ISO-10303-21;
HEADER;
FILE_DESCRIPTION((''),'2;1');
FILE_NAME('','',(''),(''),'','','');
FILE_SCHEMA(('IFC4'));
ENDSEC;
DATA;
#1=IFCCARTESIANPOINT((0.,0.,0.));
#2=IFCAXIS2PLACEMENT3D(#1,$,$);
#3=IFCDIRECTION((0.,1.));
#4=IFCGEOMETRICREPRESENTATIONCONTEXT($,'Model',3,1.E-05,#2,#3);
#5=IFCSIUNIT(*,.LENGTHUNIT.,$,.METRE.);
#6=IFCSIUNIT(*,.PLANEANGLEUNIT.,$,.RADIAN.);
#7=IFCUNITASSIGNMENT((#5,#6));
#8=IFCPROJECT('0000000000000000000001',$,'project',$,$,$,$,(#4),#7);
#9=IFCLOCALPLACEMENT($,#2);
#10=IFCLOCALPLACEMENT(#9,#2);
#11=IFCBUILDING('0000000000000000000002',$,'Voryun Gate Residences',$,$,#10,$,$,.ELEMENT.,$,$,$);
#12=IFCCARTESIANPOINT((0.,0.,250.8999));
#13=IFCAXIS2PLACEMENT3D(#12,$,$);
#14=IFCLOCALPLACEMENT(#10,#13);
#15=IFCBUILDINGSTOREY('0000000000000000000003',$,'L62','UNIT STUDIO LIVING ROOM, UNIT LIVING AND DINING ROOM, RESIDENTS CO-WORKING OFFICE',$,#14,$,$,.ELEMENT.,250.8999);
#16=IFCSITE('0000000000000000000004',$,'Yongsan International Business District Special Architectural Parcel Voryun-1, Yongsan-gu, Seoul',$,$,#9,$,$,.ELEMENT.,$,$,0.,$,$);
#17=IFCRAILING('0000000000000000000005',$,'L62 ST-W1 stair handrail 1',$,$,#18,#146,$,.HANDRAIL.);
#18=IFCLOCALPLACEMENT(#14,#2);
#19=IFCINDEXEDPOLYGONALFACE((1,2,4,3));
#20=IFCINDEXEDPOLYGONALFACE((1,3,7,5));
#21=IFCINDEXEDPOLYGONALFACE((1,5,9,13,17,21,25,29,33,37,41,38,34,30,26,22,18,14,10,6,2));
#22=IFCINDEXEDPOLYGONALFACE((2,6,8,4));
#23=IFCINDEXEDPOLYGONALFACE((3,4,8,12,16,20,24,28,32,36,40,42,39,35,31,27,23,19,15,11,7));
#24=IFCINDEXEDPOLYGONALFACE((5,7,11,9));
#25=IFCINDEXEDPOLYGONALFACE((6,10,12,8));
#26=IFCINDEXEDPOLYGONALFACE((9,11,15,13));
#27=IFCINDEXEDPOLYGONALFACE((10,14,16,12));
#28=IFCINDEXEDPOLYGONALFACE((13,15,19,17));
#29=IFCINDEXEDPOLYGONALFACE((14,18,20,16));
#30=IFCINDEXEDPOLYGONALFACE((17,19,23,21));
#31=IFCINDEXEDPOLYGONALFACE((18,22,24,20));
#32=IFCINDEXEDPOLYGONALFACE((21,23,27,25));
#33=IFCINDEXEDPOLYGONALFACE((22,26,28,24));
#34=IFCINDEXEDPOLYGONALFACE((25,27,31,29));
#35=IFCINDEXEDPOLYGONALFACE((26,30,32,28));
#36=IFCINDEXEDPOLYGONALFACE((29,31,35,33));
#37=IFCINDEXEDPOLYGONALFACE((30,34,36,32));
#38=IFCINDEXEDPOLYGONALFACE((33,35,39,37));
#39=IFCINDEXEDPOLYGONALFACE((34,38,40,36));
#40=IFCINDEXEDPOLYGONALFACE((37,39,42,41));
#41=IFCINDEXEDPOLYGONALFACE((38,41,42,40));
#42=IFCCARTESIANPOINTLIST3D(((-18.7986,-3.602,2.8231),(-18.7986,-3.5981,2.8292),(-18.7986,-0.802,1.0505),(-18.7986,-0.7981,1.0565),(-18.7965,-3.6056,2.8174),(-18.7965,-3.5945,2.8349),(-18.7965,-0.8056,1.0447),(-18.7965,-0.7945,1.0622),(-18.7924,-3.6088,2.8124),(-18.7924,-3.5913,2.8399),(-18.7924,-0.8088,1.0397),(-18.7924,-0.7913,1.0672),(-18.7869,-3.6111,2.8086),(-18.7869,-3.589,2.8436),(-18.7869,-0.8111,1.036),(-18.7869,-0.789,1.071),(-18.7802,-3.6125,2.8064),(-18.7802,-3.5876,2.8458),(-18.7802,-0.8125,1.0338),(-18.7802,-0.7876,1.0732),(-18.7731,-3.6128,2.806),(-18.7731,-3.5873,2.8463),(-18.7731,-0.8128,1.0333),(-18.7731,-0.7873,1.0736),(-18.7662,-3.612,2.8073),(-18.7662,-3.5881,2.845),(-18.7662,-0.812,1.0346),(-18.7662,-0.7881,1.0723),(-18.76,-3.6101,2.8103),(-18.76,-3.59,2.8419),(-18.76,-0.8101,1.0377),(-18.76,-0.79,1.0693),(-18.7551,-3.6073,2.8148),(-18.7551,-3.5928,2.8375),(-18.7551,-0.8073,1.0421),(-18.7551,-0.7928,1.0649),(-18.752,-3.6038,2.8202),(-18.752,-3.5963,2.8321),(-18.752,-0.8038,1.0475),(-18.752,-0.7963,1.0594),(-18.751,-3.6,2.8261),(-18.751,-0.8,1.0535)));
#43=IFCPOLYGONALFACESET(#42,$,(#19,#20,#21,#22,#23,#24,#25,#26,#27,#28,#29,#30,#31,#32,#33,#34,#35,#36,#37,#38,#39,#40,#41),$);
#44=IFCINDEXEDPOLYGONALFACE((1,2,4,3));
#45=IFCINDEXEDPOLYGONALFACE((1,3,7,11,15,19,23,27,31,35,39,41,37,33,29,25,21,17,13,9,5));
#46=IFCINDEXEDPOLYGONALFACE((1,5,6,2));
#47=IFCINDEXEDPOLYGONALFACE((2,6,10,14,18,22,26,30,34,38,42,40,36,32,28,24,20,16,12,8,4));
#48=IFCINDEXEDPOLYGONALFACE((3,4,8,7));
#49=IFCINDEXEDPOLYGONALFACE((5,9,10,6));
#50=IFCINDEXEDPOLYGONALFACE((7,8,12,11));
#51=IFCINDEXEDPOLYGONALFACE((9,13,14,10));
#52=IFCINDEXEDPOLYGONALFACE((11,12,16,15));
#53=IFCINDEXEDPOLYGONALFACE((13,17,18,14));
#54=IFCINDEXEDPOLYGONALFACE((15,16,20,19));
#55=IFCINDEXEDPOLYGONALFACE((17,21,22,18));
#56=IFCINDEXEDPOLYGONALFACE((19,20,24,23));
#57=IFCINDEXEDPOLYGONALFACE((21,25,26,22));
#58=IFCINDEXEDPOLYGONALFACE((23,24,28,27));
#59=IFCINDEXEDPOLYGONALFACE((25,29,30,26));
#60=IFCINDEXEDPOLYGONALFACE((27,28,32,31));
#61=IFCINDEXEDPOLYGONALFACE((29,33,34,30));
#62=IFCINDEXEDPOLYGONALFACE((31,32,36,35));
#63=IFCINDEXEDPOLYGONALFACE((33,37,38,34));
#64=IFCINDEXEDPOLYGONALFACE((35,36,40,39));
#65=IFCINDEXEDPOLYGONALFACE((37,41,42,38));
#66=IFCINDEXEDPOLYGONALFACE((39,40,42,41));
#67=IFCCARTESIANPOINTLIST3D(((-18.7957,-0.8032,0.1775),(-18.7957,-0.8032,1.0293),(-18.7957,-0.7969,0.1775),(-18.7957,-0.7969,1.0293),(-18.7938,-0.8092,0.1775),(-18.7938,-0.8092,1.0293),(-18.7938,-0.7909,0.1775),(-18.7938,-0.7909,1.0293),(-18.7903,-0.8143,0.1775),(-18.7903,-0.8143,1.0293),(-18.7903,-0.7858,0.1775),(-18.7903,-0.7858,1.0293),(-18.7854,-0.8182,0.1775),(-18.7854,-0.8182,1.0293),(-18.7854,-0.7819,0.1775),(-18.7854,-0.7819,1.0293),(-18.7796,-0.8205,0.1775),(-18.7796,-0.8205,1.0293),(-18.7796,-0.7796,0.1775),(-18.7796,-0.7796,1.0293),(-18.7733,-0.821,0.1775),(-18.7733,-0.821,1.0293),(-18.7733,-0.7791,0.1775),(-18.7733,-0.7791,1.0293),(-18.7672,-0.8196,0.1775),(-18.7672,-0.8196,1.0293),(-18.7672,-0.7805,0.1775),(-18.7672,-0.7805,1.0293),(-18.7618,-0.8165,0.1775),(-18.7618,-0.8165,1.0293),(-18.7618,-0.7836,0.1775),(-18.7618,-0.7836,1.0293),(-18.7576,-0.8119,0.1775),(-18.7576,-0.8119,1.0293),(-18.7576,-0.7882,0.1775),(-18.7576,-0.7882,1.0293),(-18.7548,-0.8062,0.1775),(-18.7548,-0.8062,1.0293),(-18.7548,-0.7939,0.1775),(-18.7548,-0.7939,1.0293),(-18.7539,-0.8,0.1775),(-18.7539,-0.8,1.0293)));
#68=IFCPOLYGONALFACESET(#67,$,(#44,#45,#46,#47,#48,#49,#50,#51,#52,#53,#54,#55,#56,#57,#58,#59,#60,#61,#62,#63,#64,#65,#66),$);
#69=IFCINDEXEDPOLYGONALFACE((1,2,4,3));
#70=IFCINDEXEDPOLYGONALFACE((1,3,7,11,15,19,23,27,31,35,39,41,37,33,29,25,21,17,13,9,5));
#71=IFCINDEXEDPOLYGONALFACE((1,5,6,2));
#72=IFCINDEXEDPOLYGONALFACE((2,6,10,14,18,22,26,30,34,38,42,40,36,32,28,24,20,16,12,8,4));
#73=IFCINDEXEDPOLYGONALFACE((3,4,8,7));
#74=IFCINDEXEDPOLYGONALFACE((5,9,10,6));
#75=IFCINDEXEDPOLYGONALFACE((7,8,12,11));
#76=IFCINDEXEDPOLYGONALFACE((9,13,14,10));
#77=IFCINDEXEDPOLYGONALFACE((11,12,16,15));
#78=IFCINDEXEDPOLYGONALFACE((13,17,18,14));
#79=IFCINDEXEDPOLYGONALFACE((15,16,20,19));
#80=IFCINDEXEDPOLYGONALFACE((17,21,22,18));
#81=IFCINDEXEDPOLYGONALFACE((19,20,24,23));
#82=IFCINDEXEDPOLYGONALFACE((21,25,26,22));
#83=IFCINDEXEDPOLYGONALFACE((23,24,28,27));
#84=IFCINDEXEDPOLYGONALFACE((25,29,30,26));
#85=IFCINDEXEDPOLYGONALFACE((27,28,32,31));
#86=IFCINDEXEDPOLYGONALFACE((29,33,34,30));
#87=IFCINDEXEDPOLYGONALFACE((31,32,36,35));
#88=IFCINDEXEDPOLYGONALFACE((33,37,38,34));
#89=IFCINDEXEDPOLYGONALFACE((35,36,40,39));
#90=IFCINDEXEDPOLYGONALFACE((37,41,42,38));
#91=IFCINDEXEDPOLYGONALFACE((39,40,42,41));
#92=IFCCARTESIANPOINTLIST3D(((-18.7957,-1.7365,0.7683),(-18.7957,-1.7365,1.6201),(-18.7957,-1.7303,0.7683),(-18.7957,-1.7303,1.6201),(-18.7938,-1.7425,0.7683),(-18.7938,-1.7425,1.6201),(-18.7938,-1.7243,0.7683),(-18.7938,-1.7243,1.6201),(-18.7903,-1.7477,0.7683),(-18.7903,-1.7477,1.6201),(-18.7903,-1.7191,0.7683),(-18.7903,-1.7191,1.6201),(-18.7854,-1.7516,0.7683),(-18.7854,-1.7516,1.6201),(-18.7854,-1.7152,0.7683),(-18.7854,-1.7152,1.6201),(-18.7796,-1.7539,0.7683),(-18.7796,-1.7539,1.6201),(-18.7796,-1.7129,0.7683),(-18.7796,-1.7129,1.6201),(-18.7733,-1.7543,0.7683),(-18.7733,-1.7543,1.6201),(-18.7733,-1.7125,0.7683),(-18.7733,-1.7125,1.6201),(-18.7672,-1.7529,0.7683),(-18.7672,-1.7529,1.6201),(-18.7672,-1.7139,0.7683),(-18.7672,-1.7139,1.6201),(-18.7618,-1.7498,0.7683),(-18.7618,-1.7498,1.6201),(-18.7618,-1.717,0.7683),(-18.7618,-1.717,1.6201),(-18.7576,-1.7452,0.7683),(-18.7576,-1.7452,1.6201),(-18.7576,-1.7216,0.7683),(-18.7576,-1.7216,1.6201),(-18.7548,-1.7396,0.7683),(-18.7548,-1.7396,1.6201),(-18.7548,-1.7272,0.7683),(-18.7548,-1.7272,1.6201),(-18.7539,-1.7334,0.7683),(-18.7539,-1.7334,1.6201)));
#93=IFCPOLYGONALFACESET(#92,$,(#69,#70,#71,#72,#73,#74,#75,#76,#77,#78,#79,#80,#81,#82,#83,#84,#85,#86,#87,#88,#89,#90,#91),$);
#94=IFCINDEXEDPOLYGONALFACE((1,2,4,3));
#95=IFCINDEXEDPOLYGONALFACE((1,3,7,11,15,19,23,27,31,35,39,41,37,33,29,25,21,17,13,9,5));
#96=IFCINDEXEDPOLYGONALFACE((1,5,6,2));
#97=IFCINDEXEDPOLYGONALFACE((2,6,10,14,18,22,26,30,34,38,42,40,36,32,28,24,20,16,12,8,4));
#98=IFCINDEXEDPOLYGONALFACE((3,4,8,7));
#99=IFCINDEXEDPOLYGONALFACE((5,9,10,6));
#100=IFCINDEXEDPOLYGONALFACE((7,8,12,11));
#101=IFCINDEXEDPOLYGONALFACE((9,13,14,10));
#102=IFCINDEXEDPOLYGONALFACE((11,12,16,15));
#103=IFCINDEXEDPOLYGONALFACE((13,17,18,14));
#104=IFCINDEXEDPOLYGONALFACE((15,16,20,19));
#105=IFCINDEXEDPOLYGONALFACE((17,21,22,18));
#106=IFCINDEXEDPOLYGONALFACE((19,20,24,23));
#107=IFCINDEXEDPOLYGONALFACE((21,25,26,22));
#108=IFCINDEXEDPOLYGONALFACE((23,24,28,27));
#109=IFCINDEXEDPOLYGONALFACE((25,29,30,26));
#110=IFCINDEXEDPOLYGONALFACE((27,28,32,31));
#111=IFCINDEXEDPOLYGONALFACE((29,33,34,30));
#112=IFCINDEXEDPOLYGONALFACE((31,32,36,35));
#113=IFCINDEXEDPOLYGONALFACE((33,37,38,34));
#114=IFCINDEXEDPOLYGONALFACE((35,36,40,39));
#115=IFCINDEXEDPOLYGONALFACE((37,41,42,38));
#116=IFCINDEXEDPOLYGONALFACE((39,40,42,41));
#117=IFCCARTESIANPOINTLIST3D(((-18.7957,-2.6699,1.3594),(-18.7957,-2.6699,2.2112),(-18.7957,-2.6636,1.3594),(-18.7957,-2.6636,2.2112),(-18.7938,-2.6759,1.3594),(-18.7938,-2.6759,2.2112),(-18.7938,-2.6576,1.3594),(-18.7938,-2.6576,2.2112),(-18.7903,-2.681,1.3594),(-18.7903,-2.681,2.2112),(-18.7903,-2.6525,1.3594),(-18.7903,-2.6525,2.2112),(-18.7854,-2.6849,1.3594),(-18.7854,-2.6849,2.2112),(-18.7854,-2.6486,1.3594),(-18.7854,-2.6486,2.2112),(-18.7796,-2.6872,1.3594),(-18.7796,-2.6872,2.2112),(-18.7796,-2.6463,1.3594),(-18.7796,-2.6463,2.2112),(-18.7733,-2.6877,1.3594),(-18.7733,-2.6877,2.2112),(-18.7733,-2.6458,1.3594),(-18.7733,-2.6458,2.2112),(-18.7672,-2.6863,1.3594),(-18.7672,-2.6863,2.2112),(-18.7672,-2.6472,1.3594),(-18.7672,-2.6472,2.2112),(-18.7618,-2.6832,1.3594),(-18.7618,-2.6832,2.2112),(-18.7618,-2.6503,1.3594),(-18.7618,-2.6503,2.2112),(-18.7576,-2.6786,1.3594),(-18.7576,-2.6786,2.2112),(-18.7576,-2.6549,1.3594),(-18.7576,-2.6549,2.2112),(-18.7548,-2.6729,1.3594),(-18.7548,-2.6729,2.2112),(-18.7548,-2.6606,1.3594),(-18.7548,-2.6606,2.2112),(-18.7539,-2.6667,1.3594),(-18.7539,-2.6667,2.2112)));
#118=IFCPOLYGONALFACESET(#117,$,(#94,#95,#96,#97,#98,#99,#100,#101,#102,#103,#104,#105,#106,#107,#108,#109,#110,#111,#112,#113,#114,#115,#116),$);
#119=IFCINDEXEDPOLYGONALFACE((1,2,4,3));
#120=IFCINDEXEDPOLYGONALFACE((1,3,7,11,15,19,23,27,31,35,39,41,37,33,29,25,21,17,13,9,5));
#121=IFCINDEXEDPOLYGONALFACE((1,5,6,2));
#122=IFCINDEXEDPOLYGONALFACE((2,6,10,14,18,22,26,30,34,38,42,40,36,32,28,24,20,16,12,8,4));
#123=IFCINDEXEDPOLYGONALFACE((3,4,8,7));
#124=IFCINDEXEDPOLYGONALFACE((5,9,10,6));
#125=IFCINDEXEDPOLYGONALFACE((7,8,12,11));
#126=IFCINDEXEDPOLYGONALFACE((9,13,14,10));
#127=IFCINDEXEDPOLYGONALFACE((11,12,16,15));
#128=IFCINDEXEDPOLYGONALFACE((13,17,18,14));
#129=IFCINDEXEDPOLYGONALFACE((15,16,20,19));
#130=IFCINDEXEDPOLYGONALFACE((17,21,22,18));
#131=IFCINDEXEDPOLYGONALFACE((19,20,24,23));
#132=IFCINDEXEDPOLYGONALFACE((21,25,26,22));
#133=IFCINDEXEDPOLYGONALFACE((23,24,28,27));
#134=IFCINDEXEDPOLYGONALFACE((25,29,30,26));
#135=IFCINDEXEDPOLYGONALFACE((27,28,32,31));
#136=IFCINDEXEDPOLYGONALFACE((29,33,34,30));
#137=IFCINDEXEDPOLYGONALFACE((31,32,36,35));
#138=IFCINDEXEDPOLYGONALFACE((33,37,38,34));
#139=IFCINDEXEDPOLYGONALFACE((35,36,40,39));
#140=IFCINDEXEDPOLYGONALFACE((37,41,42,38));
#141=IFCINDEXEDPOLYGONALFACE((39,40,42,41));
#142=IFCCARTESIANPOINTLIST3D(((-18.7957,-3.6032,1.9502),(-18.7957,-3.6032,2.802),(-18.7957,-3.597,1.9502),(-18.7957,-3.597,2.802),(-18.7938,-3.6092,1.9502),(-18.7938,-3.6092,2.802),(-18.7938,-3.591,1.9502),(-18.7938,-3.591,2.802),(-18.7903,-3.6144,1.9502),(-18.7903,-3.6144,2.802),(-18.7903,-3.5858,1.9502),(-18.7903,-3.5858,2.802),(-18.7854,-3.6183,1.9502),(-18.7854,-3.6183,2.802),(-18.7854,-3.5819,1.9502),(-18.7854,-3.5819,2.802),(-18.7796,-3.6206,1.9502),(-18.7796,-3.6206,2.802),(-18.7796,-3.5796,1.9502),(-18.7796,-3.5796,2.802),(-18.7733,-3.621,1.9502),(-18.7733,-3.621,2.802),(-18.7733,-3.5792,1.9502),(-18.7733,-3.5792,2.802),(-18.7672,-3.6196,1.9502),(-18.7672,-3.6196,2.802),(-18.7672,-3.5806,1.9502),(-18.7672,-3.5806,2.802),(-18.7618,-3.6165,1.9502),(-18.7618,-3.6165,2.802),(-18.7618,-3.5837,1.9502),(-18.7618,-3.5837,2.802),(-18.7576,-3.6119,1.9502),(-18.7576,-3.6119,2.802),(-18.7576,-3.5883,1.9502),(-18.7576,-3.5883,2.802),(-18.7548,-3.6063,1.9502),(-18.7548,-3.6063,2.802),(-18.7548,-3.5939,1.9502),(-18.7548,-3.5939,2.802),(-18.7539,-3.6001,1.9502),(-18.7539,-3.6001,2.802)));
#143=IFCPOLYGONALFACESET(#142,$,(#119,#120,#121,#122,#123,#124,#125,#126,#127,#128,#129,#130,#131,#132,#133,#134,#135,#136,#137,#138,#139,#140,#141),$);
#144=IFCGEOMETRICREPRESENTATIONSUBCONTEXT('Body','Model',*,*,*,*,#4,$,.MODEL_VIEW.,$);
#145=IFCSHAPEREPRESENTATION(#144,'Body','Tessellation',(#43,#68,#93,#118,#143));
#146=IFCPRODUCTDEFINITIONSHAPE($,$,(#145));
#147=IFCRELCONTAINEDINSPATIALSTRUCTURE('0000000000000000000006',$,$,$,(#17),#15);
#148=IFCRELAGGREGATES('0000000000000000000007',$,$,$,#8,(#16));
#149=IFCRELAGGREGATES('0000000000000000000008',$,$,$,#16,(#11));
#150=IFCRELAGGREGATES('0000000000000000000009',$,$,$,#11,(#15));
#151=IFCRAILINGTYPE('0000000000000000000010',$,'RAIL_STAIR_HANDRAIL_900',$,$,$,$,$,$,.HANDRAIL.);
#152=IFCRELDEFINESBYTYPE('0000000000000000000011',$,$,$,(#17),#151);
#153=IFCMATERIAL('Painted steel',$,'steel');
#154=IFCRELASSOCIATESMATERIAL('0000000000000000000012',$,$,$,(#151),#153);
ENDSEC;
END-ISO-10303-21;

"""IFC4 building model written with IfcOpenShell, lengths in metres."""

from ifc_helpers import new_model, si_unit, direction, frame, origin, origin_2d, place, context, subcontext, project, spatial, circle, extrude, material, type_object, element, save


model = new_model("IFC4")

# Units and contexts
model_context = context("Model", 3, precision=1e-05, world=origin(), true_north=direction((0.0, 1.0)))
body_context = subcontext(model_context, "Body", "Model", "MODEL_VIEW")
ifc_project = project(units=[si_unit("LENGTHUNIT", "METRE"), si_unit("PLANEANGLEUNIT", "RADIAN")], contexts=[model_context])

# Site, building, storey
site_placement = place(None, origin())
site = spatial("IfcSite", under=ifc_project, at=site_placement, Name="Yongsan International Business District Special Architectural Parcel Voryun-1, Yongsan-gu, Seoul", CompositionType="ELEMENT", RefElevation=0.0)
building_placement = place(site_placement, origin())
building = spatial("IfcBuilding", under=site, at=building_placement, Name="Voryun Gate Residences", CompositionType="ELEMENT")
storey_placement = place(building_placement, frame((0.0, 0.0, 250.8999)))
storey = spatial("IfcBuildingStorey", under=building, at=storey_placement, Name="L62", Description="UNIT STUDIO LIVING ROOM, UNIT LIVING AND DINING ROOM, RESIDENTS CO-WORKING OFFICE", CompositionType="ELEMENT", Elevation=250.8999)

# Railing
ifc_material_1 = material(Name="Painted steel", Category="steel")
railing_type_1 = type_object("IfcRailingType", Name="RAIL_STAIR_HANDRAIL_900", PredefinedType="HANDRAIL", material=ifc_material_1)
railing_1_placement = place(storey_placement, frame((-18.7749, -0.8, 0.1775)))
element("IfcRailing", 1, at=railing_1_placement, inside=storey, type_object=railing_type_1, Name="L62 ST-W1 stair handrail 1", PredefinedType="HANDRAIL", context=body_context, shape_type="SweptSolid", body=[
    extrude(circle(Radius=0.0239, at=origin_2d()), frame((0.0, 0.0, 0.876), z_axis=(0.0, -0.844909, 0.53491), x_axis=(1.0, 0.0, 0.0)), (0.0, 0.0, 1.0), 3.314),
    extrude(circle(Radius=0.021, at=origin_2d()), origin(), (0.0, 0.0, 1.0), 0.8518),
    extrude(circle(Radius=0.021, at=origin_2d()), frame((0.0, -0.9333, 0.5908)), (0.0, 0.0, 1.0), 0.8518),
    extrude(circle(Radius=0.021, at=origin_2d()), frame((0.0, -1.8667, 1.1819)), (0.0, 0.0, 1.0), 0.8518),
    extrude(circle(Radius=0.021, at=origin_2d()), frame((0.0, -2.8, 1.7727)), (0.0, 0.0, 1.0), 0.8518),
])

save(model, "model.ifc")
